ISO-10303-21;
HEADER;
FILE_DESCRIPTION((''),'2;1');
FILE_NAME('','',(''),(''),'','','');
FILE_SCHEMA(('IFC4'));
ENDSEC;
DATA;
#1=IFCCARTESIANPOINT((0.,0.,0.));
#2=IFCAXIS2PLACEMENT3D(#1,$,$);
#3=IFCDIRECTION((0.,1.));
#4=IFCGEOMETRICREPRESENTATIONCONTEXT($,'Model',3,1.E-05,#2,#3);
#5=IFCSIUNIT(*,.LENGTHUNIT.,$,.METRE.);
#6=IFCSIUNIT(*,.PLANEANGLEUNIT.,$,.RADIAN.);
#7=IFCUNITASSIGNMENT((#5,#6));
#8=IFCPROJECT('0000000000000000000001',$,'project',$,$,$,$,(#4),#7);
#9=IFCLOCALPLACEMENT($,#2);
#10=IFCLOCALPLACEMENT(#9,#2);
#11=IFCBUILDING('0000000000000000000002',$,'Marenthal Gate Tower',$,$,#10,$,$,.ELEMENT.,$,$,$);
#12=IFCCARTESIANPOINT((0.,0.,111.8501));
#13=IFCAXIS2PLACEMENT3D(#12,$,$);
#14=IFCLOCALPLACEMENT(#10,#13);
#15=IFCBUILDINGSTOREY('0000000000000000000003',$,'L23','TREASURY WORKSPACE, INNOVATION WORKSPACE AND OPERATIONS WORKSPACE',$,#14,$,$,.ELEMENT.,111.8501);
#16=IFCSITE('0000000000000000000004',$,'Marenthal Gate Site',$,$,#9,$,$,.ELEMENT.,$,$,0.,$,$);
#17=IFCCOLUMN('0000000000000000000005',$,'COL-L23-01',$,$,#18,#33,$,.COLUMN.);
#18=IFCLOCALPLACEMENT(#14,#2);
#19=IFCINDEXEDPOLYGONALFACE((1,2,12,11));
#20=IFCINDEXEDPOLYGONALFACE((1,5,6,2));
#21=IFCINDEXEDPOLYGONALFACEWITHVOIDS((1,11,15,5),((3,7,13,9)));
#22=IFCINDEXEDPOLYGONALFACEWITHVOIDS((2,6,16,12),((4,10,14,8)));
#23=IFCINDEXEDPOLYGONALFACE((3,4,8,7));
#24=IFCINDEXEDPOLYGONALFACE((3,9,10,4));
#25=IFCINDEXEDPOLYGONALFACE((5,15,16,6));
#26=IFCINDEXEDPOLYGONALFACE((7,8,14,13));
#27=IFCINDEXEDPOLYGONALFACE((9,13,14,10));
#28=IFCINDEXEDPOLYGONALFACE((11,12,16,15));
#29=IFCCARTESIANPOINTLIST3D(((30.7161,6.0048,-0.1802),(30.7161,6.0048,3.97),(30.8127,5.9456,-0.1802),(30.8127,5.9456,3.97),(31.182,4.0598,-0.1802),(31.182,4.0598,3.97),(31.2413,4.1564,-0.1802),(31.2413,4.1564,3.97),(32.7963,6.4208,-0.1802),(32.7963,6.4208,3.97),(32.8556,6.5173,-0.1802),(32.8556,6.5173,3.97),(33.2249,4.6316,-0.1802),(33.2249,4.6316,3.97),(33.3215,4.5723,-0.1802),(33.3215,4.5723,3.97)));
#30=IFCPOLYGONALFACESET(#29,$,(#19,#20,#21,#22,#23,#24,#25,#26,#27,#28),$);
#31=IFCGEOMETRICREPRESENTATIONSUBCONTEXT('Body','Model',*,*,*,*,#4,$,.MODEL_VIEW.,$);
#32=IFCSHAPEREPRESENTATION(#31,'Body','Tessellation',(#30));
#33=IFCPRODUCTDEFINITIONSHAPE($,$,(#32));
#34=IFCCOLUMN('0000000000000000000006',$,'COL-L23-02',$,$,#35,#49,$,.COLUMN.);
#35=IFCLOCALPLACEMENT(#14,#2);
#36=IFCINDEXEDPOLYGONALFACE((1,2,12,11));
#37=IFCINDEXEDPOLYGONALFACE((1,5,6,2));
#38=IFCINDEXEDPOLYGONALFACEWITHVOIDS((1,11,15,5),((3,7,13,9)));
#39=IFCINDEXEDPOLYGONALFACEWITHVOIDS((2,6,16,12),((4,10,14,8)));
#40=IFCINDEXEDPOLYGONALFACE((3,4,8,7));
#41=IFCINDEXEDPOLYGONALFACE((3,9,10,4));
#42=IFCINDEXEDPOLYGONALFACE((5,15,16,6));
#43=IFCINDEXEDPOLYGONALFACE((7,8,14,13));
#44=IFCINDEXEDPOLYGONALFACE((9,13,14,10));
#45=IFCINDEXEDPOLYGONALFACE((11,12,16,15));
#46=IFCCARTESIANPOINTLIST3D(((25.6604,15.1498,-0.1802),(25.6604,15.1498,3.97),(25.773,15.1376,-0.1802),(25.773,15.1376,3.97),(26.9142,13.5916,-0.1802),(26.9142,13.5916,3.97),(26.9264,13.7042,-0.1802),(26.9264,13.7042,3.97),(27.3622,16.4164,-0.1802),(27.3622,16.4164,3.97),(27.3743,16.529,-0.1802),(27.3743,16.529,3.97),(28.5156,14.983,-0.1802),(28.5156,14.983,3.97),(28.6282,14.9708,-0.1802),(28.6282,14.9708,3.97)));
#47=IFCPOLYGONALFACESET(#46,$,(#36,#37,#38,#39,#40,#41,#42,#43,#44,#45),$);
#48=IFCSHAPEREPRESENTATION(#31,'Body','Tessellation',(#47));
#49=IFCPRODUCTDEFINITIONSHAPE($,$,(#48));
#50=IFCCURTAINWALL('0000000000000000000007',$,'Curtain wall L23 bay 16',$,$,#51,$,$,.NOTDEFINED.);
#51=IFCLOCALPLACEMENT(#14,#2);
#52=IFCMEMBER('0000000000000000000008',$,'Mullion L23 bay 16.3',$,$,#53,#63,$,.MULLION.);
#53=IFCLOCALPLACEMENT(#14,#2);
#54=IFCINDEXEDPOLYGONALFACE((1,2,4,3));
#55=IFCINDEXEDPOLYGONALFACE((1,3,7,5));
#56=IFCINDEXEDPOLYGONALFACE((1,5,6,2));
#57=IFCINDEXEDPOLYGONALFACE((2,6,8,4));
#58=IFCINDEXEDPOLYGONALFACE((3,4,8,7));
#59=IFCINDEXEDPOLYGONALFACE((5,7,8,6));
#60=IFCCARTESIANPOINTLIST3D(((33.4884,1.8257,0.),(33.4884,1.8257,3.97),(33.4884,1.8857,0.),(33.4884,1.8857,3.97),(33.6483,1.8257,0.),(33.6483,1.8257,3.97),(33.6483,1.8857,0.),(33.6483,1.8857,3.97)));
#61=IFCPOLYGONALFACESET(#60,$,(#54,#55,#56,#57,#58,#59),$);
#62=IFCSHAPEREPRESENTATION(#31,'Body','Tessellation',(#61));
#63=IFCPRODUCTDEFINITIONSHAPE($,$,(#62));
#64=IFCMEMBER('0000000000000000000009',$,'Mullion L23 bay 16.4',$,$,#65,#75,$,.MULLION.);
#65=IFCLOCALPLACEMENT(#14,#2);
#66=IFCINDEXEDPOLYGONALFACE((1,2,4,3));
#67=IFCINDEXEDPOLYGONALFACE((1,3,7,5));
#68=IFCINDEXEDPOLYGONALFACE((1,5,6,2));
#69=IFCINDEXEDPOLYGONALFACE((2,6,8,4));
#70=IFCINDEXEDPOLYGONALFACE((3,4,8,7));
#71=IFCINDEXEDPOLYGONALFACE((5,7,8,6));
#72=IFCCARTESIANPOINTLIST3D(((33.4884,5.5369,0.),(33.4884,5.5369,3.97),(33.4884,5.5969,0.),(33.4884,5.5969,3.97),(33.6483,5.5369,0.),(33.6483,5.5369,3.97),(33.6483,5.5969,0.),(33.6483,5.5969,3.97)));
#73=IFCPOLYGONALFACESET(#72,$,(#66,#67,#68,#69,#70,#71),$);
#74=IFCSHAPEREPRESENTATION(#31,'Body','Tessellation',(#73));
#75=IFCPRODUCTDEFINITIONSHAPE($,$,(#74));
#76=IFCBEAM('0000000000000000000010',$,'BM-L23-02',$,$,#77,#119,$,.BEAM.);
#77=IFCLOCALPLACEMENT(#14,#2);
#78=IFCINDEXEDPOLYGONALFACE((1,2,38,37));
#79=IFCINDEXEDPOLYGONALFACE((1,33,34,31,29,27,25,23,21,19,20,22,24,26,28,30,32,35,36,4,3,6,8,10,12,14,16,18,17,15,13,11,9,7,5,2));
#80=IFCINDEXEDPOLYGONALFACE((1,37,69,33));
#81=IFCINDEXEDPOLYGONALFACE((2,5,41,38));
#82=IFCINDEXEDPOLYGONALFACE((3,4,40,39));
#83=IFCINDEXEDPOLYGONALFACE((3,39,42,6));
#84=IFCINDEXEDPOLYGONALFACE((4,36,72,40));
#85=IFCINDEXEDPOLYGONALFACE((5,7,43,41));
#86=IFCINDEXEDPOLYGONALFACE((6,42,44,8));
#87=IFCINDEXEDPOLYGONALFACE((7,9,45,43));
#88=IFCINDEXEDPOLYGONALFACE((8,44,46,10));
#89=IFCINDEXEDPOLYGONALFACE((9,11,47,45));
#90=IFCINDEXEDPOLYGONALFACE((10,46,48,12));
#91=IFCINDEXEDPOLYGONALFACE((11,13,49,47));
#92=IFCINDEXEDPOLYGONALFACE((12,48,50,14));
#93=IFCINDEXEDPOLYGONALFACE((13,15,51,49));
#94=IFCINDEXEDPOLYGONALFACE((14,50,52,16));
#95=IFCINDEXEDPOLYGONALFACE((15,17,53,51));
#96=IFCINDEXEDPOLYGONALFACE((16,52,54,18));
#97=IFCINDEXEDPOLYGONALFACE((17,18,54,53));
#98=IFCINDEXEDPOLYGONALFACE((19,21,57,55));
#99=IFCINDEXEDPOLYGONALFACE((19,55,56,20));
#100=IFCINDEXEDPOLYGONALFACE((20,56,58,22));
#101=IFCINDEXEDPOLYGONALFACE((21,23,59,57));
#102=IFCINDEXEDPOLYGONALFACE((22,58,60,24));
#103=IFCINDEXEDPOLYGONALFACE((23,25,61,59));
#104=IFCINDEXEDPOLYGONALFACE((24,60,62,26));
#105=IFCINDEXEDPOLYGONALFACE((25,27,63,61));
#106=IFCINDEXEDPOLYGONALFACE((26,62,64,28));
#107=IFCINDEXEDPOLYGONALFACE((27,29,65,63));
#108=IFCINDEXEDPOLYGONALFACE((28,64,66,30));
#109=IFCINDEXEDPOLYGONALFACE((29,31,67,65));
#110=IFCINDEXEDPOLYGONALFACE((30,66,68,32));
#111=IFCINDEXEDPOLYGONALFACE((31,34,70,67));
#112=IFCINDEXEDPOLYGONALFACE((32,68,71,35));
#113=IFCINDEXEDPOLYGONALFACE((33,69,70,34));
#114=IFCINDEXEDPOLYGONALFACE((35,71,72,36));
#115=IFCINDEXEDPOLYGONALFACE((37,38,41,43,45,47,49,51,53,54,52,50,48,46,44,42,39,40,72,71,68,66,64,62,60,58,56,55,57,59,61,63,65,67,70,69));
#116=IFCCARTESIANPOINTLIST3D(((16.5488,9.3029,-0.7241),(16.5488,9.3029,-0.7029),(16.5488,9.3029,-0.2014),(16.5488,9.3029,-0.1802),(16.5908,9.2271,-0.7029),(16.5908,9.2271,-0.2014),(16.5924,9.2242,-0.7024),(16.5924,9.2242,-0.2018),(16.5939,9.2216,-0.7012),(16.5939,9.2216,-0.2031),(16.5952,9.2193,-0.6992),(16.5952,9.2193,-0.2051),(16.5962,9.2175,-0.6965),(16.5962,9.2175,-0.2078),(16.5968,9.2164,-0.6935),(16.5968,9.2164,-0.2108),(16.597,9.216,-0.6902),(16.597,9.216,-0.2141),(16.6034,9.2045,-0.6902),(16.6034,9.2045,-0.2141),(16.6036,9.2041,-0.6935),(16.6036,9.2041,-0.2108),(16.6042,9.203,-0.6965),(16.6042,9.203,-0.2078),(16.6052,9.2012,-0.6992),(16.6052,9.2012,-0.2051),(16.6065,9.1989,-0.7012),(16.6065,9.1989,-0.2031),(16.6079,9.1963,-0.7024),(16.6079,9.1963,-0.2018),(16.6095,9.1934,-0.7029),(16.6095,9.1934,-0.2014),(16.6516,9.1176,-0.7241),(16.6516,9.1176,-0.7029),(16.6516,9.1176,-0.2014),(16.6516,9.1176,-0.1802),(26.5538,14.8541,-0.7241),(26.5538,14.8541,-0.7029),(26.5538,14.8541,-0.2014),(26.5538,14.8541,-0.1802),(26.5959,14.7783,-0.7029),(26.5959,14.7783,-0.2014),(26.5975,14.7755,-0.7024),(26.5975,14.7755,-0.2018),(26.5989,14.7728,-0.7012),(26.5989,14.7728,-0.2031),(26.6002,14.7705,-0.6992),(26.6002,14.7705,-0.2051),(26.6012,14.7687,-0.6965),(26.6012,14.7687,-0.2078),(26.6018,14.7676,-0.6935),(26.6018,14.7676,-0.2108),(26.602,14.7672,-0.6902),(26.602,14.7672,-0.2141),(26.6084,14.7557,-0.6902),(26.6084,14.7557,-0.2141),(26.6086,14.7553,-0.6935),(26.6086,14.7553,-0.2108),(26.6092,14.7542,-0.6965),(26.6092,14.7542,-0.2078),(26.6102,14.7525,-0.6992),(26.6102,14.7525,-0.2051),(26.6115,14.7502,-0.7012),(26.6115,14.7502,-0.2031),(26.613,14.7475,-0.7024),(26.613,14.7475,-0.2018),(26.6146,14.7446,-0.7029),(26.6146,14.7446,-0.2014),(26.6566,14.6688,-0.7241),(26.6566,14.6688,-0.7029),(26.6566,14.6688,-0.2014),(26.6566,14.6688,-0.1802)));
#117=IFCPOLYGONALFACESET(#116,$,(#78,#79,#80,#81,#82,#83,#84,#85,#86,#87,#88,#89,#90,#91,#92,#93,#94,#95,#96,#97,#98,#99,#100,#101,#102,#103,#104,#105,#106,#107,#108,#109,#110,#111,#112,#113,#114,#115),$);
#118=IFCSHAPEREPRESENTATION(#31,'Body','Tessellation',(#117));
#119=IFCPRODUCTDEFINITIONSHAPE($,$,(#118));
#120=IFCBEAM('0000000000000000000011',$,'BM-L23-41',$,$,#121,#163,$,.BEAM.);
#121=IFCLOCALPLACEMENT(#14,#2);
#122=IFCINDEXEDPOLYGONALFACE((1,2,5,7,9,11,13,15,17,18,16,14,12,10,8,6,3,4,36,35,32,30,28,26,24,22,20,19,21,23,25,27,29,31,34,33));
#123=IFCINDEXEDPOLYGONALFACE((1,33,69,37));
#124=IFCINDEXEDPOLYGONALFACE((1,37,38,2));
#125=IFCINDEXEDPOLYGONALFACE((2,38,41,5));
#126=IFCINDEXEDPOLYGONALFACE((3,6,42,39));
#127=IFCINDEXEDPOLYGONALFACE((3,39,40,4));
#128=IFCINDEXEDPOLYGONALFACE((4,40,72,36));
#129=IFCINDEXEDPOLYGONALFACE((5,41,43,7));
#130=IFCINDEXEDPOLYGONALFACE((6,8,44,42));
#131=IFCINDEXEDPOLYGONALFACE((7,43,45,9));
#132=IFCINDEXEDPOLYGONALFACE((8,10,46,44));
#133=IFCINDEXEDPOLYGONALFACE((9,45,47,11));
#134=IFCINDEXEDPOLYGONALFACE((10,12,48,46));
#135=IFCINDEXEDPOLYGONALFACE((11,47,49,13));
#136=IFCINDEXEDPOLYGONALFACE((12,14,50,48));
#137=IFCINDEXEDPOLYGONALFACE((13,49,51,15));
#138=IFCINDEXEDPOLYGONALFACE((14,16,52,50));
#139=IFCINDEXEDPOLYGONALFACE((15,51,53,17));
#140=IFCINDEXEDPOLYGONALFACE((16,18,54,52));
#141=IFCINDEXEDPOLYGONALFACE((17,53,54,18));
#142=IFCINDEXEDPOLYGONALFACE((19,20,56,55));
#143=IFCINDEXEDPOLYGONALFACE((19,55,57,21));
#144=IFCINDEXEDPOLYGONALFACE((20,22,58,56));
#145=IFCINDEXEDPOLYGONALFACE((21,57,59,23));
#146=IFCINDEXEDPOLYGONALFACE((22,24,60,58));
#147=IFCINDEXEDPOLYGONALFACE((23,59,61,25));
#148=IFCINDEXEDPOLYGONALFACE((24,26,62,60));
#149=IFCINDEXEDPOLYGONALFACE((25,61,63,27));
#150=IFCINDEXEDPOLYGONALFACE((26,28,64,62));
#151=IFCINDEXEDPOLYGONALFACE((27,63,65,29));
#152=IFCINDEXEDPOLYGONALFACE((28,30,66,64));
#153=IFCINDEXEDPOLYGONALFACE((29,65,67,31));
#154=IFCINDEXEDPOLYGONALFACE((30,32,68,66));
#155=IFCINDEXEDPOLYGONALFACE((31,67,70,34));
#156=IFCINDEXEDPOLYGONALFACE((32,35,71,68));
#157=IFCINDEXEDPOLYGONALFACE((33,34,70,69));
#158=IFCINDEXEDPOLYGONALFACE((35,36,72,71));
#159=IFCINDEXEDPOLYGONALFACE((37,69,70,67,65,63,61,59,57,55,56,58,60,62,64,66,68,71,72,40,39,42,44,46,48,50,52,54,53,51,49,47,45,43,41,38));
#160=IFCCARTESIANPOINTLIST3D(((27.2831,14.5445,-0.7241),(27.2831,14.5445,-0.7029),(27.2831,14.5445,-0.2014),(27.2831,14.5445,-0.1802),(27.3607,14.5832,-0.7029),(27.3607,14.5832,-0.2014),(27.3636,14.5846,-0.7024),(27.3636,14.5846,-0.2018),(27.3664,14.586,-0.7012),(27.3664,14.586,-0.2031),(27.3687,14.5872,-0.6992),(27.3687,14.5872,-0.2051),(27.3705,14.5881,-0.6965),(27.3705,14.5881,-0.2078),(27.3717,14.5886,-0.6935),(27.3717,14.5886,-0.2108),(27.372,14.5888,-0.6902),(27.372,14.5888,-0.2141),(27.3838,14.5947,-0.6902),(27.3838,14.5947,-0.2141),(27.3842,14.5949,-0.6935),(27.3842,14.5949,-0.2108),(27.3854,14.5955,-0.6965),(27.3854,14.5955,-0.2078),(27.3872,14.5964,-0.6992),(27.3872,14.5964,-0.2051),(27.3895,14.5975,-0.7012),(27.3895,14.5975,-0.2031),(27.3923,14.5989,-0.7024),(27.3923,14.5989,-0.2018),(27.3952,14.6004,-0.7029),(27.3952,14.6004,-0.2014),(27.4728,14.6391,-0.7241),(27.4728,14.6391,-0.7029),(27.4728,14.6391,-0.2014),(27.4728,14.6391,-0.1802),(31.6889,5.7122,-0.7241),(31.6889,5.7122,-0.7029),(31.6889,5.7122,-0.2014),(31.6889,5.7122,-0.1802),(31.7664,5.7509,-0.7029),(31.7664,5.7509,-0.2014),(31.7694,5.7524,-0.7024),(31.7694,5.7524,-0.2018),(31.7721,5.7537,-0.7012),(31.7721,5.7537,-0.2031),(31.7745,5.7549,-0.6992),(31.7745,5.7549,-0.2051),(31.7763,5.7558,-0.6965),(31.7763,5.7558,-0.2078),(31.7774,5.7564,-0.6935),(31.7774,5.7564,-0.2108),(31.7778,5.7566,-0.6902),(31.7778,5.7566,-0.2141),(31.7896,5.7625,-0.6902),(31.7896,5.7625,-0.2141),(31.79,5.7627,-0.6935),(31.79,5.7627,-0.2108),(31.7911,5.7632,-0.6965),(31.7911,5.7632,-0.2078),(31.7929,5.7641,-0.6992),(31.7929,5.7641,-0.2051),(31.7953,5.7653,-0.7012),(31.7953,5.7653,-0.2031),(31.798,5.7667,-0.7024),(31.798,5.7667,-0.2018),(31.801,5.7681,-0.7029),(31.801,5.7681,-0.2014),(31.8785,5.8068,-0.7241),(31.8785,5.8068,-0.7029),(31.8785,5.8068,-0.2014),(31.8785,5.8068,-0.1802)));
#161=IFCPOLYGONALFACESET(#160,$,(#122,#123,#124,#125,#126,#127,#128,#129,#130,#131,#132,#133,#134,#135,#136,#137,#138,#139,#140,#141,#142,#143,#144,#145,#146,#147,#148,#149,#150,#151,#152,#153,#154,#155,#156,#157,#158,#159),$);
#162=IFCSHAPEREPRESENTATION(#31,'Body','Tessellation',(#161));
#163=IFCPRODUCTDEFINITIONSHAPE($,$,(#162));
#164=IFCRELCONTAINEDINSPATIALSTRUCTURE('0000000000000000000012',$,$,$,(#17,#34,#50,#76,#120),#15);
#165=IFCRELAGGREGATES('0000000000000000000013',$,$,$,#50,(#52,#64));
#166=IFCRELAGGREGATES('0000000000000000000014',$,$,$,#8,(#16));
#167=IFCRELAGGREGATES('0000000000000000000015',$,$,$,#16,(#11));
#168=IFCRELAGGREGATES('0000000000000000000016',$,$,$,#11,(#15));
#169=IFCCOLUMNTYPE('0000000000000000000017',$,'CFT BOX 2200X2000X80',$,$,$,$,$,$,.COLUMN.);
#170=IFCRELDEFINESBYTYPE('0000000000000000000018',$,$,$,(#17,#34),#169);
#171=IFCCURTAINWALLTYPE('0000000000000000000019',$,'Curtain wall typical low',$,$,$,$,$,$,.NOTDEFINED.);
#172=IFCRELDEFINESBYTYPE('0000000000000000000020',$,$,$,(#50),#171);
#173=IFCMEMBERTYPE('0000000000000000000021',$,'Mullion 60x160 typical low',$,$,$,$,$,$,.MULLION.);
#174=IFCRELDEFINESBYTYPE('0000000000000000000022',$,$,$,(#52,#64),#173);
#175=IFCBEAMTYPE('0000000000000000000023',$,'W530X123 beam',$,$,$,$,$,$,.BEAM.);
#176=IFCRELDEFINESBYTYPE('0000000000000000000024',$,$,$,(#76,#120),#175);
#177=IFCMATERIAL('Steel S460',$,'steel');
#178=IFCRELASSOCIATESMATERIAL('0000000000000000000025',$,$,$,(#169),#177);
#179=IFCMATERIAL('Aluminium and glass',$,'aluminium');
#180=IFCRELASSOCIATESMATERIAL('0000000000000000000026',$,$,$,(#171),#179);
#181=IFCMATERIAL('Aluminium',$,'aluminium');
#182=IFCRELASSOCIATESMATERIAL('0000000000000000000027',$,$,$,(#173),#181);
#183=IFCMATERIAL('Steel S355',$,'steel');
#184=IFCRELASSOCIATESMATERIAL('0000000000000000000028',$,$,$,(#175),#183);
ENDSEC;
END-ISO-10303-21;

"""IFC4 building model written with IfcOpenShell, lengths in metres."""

from ifc_helpers import new_model, si_unit, direction, frame, origin, origin_2d, place, context, subcontext, project, spatial, rectangle, hollow_rectangle, i_section, extrude, material, material_profile, profile_set, type_object, element, aggregate, save


model = new_model("IFC4")

# Units and contexts
model_context = context("Model", 3, precision=1e-05, world=origin(), true_north=direction((0.0, 1.0)))
body_context = subcontext(model_context, "Body", "Model", "MODEL_VIEW")
ifc_project = project(units=[si_unit("LENGTHUNIT", "METRE"), si_unit("PLANEANGLEUNIT", "RADIAN")], contexts=[model_context])

# Site, building, storey
site_placement = place(None, origin())
site = spatial("IfcSite", under=ifc_project, at=site_placement, Name="Marenthal Gate Site", CompositionType="ELEMENT", RefElevation=0.0)
building_placement = place(site_placement, origin())
building = spatial("IfcBuilding", under=site, at=building_placement, Name="Marenthal Gate Tower", CompositionType="ELEMENT")
storey_placement = place(building_placement, frame((0.0, 0.0, 111.8501)))
storey = spatial("IfcBuildingStorey", under=building, at=storey_placement, Name="L23", Description="TREASURY WORKSPACE, INNOVATION WORKSPACE AND OPERATIONS WORKSPACE", CompositionType="ELEMENT", Elevation=111.8501)

# Columns
ifc_material_1 = material(Name="Steel S460", Category="steel")
ifc_material_profile_1 = material_profile(ifc_material_1, hollow_rectangle(XDim=2.0, YDim=2.2, WallThickness=0.0801, at=origin_2d()), Name="CFT BOX 2200X2000X80")
ifc_material_2 = material(Name="Concrete 70 MPa", Category="concrete")
ifc_material_profile_2 = material_profile(ifc_material_2, rectangle(XDim=1.8401, YDim=2.04, at=origin_2d()), Name="CFT BOX 2200X2000X80 INFILL")
ifc_profile_set_1 = profile_set([ifc_material_profile_1, ifc_material_profile_2], Name="Steel S460 shell, Concrete 70 MPa infill")
column_type = type_object("IfcColumnType", Name="CFT BOX 2200X2000X80", PredefinedType="COLUMN", material=ifc_profile_set_1)
for number, where, z_axis, x_axis, name in (
    (1, (32.0188, 5.2886, -0.1802), (0.0, 0.0, 1.0), (0.232958, -0.972487, 0.0), "COL-L23-01"),
    (2, (27.1443, 15.0603, -0.1802), (0.0, 0.0, 1.0), (0.626918, -0.779085, 0.0), "COL-L23-02"),
):
    element("IfcColumn", number, at=place(storey_placement, frame(where, z_axis=z_axis, x_axis=x_axis)), inside=storey, type_object=column_type, Name=name, PredefinedType="COLUMN", context=body_context, shape_type="SweptSolid", body=[
        extrude(hollow_rectangle(XDim=2.0, YDim=2.2, WallThickness=0.0801, at=origin_2d()), origin(), (0.0, 0.0, 1.0), 4.1501),
    ])

# Curtain wall, members
ifc_material_3 = material(Name="Aluminium and glass", Category="aluminium")
curtain_wall_type = type_object("IfcCurtainWallType", Name="Curtain wall typical low", PredefinedType="NOTDEFINED", material=ifc_material_3)
curtain_wall_placement = place(storey_placement, origin())
curtain_wall = element("IfcCurtainWall", 3, at=curtain_wall_placement, inside=storey, type_object=curtain_wall_type, Name="Curtain wall L23 bay 16", PredefinedType="NOTDEFINED")
ifc_material_4 = material(Name="Aluminium", Category="aluminium")
ifc_material_profile_3 = material_profile(ifc_material_4, rectangle(XDim=0.1599, YDim=0.0601, at=origin_2d()), Name="60x160 aluminium mullion")
ifc_profile_set_2 = profile_set([ifc_material_profile_3], Name="Aluminium")
member_type = type_object("IfcMemberType", Name="Mullion 60x160 typical low", PredefinedType="MULLION", material=ifc_profile_set_2)
member_1_placement = place(storey_placement, frame((33.5684, 1.8557, 0.0), z_axis=(0.0, 0.0, 1.0), x_axis=(-1.0, 0.0, 0.0)))
member_1 = element("IfcMember", 4, at=member_1_placement, type_object=member_type, Name="Mullion L23 bay 16.3", PredefinedType="MULLION", context=body_context, shape_type="SweptSolid", body=[
    extrude(rectangle(XDim=0.1599, YDim=0.0601, at=origin_2d()), origin(), (0.0, 0.0, 1.0), 3.97),
])
member_2_placement = place(storey_placement, frame((33.5684, 5.5669, 0.0), z_axis=(0.0, 0.0, 1.0), x_axis=(-1.0, 0.0, 0.0)))
member_2 = element("IfcMember", 5, at=member_2_placement, type_object=member_type, Name="Mullion L23 bay 16.4", PredefinedType="MULLION", context=body_context, shape_type="SweptSolid", body=[
    extrude(rectangle(XDim=0.1599, YDim=0.0601, at=origin_2d()), origin(), (0.0, 0.0, 1.0), 3.97),
])

# Beams
ifc_material_5 = material(Name="Steel S355", Category="steel")
ifc_material_profile_4 = material_profile(ifc_material_5, i_section(OverallWidth=0.2119, OverallDepth=0.5439, WebThickness=0.0132, FlangeThickness=0.0212, FilletRadius=0.0127, at=origin_2d()), Name="W530X123")
ifc_profile_set_3 = profile_set([ifc_material_profile_4], Name="Steel S355")
beam_type_1 = type_object("IfcBeamType", Name="W530X123 beam", PredefinedType="BEAM", material=ifc_profile_set_3)
beam_1_placement = place(storey_placement, frame((26.6052, 14.7615, -0.4521), z_axis=(-0.874422, -0.485166, 0.0), x_axis=(0.485166, -0.874422, 0.0)))
element("IfcBeam", 6, at=beam_1_placement, inside=storey, type_object=beam_type_1, Name="BM-L23-02", PredefinedType="BEAM", context=body_context, shape_type="SweptSolid", body=[
    extrude(i_section(OverallWidth=0.2119, OverallDepth=0.5439, WebThickness=0.0132, FlangeThickness=0.0212, FilletRadius=0.0127, at=origin_2d()), origin(), (0.0, 0.0, 1.0), 11.4419),
])
beam_2_placement = place(storey_placement, frame((31.7837, 5.7595, -0.4521), z_axis=(-0.446372, 0.894847, 0.0), x_axis=(-0.894847, -0.446372, 0.0)))
element("IfcBeam", 7, at=beam_2_placement, inside=storey, type_object=beam_type_1, Name="BM-L23-41", PredefinedType="BEAM", context=body_context, shape_type="SweptSolid", body=[
    extrude(i_section(OverallWidth=0.2119, OverallDepth=0.5439, WebThickness=0.0132, FlangeThickness=0.0212, FilletRadius=0.0127, at=origin_2d()), origin(), (0.0, 0.0, 1.0), 9.8701),
])

aggregate(curtain_wall, [member_1, member_2])

save(model, "model.ifc")
